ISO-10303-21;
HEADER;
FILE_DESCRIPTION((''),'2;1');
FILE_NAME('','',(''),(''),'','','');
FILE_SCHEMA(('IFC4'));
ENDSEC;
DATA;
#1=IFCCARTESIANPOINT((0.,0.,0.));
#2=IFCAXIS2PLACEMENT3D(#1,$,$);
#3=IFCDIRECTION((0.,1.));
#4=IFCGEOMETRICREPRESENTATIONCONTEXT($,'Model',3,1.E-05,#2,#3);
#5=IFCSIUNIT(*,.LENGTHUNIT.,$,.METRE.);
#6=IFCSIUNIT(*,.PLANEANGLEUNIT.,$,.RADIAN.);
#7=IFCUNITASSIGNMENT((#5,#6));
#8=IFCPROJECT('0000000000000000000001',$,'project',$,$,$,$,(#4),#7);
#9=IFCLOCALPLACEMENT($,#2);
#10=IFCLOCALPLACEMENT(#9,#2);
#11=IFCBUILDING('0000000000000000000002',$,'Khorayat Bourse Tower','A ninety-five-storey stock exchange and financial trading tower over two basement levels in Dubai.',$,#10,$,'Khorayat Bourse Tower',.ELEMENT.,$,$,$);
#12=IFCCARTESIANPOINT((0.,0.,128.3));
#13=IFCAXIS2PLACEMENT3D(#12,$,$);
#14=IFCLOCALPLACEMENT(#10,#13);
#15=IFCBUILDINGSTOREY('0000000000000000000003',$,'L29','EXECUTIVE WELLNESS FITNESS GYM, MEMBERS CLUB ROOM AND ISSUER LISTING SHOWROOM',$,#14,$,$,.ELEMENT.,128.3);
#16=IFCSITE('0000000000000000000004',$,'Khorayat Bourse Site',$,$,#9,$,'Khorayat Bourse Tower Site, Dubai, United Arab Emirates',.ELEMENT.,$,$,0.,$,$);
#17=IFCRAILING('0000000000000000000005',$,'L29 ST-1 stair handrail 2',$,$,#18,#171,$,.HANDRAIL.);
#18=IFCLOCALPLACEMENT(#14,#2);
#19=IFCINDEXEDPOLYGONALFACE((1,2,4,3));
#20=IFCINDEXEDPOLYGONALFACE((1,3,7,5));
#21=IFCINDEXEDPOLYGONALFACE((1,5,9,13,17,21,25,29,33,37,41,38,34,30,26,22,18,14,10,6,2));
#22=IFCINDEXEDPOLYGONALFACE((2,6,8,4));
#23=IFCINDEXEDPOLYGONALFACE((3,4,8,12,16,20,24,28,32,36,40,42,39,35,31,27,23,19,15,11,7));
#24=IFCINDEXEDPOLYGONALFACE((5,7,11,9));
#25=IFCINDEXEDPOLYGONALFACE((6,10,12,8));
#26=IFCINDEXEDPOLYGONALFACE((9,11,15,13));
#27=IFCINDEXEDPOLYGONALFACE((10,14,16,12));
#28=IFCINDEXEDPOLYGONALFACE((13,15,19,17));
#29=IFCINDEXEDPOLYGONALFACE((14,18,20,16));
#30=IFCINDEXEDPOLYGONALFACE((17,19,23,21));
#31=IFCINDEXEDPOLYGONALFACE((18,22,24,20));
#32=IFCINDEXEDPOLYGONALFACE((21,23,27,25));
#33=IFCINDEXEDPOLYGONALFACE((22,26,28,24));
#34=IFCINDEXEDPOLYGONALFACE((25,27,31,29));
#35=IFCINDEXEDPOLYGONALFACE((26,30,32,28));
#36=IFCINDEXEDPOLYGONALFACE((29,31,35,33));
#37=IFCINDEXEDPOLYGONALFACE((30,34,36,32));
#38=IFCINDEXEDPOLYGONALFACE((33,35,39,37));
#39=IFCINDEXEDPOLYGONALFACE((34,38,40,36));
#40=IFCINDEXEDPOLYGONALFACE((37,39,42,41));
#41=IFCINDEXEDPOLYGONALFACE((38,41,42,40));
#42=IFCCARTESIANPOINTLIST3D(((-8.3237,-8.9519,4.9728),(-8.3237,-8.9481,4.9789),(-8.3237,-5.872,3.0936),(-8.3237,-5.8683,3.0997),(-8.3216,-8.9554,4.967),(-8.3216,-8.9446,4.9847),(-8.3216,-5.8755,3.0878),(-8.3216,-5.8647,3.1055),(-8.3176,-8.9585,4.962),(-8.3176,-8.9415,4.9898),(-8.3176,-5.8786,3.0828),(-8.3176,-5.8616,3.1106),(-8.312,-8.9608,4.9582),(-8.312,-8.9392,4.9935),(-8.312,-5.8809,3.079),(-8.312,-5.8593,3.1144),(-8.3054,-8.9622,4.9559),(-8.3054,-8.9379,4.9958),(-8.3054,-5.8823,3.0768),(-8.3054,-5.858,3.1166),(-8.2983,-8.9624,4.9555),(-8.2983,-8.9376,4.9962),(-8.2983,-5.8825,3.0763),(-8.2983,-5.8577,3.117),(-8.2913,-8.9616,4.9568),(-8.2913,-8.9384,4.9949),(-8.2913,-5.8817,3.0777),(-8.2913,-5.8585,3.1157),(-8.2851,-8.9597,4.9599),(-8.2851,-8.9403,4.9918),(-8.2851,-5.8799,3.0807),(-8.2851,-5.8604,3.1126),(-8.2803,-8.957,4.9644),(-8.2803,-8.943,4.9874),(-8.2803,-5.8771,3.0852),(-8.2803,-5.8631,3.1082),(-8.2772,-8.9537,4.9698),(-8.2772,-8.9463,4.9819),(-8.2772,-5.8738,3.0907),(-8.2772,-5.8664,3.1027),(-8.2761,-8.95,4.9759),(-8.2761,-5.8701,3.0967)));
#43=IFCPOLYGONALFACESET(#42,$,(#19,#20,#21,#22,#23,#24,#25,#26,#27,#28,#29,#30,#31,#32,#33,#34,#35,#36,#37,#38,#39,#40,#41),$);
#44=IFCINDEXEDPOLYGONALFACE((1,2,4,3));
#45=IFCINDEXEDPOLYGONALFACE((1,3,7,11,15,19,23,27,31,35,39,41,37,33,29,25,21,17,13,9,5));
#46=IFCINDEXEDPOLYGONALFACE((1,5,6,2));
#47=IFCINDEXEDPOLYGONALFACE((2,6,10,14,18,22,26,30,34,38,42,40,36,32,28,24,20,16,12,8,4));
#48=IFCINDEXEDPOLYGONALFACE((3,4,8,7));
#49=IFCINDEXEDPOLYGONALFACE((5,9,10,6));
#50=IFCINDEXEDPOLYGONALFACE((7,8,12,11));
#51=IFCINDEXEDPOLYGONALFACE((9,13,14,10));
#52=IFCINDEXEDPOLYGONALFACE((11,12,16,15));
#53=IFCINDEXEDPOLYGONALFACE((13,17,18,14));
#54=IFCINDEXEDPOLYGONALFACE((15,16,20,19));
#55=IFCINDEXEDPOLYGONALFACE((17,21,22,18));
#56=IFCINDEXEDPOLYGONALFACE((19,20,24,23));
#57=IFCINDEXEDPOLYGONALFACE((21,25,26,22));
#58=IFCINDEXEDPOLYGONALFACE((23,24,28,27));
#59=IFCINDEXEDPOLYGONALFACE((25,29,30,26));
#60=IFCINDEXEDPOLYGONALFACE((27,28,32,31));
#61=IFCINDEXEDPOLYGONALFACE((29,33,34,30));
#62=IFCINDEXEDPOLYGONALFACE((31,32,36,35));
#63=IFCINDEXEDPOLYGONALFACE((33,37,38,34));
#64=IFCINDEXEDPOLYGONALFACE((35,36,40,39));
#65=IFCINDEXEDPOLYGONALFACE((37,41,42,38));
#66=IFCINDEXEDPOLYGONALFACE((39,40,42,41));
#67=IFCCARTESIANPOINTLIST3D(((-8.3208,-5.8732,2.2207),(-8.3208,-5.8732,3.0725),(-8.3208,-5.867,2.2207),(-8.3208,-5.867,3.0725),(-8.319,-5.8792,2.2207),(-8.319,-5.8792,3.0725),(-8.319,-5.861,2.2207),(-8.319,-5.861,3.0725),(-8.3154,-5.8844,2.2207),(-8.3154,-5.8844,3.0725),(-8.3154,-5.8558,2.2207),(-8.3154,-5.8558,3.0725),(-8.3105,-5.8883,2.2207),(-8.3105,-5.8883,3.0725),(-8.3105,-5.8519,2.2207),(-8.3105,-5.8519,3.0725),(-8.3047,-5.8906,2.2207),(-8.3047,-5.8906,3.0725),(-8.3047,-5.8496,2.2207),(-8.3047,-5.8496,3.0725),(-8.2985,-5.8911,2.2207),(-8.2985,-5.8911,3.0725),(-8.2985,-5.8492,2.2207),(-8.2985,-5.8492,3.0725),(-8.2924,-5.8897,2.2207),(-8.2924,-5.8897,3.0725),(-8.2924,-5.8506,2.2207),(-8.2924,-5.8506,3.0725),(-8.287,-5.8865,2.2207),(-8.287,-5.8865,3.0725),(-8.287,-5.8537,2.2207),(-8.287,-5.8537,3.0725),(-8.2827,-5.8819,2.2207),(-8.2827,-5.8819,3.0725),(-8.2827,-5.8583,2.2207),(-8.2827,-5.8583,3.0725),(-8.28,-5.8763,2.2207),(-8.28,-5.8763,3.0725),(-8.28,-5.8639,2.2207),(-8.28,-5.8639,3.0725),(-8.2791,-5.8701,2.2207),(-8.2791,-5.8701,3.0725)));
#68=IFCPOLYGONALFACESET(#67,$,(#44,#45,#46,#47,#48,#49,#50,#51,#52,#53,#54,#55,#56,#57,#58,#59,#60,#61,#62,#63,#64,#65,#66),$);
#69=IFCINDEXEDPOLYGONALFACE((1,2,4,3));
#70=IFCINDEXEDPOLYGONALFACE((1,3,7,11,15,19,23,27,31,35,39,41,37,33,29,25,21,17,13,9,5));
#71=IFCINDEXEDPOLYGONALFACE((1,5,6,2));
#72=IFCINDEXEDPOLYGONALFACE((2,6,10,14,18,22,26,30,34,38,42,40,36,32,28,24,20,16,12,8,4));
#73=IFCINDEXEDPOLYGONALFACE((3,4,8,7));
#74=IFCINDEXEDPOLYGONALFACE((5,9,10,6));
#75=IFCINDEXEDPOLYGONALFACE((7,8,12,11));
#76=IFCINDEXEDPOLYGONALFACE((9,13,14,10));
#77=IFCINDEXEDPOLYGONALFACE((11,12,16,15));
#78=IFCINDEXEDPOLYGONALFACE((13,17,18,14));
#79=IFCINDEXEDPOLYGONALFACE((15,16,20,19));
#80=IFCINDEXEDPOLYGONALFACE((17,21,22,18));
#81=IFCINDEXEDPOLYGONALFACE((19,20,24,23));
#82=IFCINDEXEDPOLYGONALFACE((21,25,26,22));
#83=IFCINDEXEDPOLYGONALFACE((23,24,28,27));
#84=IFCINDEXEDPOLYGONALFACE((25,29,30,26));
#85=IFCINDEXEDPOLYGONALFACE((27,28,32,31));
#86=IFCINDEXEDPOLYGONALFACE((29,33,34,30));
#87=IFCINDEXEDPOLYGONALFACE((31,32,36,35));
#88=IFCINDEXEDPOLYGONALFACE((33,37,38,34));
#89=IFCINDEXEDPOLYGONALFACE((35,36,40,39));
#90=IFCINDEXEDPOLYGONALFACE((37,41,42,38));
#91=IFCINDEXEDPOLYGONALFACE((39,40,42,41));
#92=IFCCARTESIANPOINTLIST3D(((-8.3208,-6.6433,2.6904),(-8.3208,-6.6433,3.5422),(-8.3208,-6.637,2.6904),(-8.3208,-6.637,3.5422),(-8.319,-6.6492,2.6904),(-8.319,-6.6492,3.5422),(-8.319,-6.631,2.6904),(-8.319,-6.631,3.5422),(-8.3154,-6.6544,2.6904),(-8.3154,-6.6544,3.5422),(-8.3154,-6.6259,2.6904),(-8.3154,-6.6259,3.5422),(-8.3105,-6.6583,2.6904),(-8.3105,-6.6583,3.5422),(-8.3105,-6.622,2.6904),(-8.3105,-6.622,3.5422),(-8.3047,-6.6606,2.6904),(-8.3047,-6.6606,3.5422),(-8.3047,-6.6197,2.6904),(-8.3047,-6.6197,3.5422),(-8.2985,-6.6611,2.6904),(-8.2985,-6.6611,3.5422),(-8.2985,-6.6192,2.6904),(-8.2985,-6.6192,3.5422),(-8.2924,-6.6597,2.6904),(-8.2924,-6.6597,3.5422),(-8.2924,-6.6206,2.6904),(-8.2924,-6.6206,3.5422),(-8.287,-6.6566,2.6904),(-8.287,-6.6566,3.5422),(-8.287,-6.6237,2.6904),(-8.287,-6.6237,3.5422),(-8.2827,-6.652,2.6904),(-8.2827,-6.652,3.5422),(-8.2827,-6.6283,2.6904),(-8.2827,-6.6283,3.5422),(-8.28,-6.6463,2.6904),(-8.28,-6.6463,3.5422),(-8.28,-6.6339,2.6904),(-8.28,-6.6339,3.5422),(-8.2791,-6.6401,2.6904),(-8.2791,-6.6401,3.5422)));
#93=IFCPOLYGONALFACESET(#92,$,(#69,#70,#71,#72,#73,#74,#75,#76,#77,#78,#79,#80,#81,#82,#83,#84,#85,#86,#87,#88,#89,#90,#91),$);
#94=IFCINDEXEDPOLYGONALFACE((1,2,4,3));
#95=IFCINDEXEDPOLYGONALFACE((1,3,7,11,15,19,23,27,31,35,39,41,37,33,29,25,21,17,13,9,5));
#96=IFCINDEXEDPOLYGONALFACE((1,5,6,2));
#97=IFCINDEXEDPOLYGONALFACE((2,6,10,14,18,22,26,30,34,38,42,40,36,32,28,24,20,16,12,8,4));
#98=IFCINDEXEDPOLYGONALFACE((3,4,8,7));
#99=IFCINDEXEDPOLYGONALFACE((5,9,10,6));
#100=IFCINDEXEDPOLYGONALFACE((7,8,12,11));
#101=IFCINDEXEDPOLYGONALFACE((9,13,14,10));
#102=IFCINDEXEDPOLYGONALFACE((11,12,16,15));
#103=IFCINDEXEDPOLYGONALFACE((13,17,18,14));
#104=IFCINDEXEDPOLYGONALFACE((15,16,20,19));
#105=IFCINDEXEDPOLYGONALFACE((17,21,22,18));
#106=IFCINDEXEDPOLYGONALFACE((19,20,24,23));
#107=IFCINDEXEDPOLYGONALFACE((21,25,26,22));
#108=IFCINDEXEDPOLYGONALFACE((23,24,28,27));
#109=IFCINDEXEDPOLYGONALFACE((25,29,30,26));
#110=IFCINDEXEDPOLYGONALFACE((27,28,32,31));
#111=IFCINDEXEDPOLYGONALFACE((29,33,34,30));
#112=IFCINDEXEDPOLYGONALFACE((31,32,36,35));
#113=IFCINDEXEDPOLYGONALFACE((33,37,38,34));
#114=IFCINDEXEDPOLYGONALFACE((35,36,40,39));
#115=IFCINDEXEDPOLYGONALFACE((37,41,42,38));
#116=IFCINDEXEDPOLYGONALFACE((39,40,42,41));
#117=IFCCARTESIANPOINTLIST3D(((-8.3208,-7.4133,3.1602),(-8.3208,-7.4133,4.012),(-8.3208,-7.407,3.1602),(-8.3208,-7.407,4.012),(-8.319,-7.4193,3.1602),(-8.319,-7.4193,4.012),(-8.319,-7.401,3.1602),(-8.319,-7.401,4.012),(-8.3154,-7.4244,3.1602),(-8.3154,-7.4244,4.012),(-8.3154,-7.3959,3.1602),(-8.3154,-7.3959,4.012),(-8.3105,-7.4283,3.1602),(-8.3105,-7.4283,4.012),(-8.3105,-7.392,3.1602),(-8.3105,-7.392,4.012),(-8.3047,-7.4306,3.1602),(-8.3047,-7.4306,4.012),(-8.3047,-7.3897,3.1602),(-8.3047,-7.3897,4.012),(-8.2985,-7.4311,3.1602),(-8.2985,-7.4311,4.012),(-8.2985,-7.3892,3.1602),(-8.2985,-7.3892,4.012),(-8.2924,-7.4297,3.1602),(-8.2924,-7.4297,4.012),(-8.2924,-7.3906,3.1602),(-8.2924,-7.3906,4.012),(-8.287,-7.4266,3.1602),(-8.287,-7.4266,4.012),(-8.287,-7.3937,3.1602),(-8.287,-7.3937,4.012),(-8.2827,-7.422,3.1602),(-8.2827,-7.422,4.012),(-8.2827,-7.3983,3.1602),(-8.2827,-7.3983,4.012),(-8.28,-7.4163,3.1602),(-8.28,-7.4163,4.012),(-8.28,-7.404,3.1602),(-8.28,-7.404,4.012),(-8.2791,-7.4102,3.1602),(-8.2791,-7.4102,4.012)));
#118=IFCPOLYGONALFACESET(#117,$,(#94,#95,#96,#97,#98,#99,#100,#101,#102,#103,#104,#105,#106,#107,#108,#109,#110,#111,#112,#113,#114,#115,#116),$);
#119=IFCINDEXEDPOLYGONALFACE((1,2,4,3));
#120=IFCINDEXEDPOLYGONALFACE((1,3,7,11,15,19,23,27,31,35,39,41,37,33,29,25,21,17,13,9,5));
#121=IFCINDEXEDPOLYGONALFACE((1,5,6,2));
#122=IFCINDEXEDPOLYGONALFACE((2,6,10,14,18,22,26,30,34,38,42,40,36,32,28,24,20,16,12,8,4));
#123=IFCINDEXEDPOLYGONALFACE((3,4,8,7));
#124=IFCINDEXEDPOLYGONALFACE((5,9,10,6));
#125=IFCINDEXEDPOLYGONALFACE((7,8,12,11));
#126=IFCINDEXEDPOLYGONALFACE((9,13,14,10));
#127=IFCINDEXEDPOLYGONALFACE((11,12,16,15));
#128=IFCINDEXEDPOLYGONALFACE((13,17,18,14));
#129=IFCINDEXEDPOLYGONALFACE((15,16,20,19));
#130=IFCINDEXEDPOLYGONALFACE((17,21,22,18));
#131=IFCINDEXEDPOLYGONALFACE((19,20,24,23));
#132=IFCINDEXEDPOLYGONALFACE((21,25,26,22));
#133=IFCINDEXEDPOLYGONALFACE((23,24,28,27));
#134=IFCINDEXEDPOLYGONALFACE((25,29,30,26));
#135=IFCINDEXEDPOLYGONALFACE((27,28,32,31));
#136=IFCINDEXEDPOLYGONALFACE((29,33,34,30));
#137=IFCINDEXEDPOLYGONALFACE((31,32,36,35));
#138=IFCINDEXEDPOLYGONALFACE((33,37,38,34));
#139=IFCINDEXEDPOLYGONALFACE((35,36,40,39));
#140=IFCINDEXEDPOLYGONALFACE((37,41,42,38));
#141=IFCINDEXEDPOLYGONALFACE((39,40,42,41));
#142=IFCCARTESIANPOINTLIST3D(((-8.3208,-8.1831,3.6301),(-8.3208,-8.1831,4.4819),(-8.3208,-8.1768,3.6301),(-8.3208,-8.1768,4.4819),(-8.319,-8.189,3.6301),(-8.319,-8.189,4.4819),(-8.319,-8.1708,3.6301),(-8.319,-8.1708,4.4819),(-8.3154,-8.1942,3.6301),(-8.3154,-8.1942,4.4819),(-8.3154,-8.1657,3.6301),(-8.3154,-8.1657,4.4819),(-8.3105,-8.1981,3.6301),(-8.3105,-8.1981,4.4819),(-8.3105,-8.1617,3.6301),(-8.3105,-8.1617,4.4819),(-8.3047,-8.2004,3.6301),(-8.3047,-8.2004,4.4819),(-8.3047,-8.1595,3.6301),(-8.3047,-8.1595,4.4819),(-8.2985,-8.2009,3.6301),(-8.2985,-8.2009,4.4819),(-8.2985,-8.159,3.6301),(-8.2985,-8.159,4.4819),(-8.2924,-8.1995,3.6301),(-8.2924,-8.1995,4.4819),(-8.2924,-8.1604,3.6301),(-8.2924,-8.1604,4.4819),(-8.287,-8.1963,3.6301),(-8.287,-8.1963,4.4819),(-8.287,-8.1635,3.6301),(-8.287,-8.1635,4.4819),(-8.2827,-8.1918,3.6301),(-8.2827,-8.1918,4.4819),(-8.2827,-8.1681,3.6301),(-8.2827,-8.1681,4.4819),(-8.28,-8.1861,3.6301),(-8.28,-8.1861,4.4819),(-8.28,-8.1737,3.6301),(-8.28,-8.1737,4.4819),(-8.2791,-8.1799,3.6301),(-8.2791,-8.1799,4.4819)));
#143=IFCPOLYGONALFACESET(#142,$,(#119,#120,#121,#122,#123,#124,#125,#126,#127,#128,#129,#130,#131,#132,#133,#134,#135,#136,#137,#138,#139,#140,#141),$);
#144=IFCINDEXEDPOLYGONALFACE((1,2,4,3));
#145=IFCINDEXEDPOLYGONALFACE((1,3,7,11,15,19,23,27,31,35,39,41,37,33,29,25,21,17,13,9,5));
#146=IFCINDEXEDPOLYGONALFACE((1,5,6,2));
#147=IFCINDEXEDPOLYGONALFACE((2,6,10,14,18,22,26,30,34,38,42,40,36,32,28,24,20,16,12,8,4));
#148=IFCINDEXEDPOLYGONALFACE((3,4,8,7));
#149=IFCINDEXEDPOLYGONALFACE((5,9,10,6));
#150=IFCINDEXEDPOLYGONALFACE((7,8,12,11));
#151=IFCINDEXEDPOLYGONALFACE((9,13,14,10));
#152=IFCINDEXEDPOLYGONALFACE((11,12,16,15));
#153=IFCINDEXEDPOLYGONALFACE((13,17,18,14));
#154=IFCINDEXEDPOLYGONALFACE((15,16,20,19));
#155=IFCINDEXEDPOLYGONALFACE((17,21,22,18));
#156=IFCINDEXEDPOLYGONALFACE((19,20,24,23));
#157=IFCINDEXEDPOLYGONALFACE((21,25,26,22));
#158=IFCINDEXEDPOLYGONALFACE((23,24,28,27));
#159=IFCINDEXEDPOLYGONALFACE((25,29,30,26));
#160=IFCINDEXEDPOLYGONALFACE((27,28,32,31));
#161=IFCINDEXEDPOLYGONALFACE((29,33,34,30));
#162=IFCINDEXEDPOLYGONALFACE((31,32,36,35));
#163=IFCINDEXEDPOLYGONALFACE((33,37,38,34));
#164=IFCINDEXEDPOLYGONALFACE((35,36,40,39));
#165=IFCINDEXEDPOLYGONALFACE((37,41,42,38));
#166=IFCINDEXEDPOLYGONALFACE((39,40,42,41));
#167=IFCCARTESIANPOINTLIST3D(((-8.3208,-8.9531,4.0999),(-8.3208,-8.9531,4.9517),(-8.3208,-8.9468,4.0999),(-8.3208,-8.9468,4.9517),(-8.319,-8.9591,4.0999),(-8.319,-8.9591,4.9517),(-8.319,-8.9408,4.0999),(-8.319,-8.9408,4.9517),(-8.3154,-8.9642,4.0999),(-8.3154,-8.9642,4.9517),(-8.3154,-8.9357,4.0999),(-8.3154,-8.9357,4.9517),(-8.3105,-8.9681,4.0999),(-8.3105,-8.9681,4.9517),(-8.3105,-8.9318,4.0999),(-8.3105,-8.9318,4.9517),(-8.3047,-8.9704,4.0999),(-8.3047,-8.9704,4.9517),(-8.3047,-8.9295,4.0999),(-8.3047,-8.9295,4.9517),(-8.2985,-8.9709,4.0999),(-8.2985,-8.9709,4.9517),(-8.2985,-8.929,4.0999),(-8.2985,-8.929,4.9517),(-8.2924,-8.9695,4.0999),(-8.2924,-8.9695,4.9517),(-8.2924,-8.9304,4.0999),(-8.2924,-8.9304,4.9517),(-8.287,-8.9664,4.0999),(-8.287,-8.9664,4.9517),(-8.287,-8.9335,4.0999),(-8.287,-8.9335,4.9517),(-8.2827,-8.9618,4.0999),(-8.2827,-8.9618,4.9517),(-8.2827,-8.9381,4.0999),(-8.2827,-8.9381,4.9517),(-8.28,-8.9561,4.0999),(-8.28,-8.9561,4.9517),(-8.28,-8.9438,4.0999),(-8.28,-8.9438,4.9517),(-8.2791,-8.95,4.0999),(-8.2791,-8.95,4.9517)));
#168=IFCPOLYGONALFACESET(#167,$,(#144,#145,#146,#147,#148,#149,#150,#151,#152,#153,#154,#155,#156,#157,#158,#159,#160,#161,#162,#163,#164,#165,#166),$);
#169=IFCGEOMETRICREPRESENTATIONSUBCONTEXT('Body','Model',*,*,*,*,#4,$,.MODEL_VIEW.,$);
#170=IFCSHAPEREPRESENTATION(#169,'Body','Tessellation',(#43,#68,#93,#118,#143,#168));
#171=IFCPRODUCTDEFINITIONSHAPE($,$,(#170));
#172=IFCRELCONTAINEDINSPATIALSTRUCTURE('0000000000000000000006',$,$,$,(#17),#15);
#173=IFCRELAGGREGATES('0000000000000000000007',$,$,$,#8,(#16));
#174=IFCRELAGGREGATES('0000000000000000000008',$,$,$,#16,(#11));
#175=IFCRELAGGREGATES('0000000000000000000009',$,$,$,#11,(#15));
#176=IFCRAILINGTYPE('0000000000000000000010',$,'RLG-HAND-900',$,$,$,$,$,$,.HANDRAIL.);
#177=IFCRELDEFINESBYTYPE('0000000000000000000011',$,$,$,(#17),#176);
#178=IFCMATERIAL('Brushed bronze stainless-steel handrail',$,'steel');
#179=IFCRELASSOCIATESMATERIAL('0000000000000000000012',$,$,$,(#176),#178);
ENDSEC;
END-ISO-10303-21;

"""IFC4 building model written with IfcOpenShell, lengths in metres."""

from ifc_helpers import new_model, si_unit, direction, frame, origin, origin_2d, place, context, subcontext, project, spatial, circle, extrude, source, transform, mapped, material, type_object, element, save


model = new_model("IFC4")

# Units and contexts
model_context = context("Model", 3, precision=1e-05, world=origin(), true_north=direction((0.0, 1.0)))
body_context = subcontext(model_context, "Body", "Model", "MODEL_VIEW")
ifc_project = project(units=[si_unit("LENGTHUNIT", "METRE"), si_unit("PLANEANGLEUNIT", "RADIAN")], contexts=[model_context])

# Site, building, storey
site_placement = place(None, origin())
site = spatial("IfcSite", under=ifc_project, at=site_placement, Name="Khorayat Bourse Site", LongName="Khorayat Bourse Tower Site, Dubai, United Arab Emirates", CompositionType="ELEMENT", RefElevation=0.0)
building_placement = place(site_placement, origin())
building = spatial("IfcBuilding", under=site, at=building_placement, Name="Khorayat Bourse Tower", Description="A ninety-five-storey stock exchange and financial trading tower over two basement levels in Dubai.", LongName="Khorayat Bourse Tower", CompositionType="ELEMENT")
storey_placement = place(building_placement, frame((0.0, 0.0, 128.3)))
storey = spatial("IfcBuildingStorey", under=building, at=storey_placement, Name="L29", Description="EXECUTIVE WELLNESS FITNESS GYM, MEMBERS CLUB ROOM AND ISSUER LISTING SHOWROOM", CompositionType="ELEMENT", Elevation=128.3)

# Railing
ifc_material_1 = material(Name="Brushed bronze stainless-steel handrail", Category="steel")
railing_type_1 = type_object("IfcRailingType", Name="RLG-HAND-900", PredefinedType="HANDRAIL", material=ifc_material_1)
shared_shape_1 = source(origin(), body_context, "Body", "SweptSolid", [
    extrude(circle(Radius=0.0239, at=origin_2d()), frame((0.0, 0.0, 0.876), z_axis=(0.0, -0.853648, 0.52085), x_axis=(1.0, 0.0, 0.0)), (0.0, 0.0, 1.0), 3.6079),
    extrude(circle(Radius=0.021, at=origin_2d()), origin(), (0.0, 0.0, 1.0), 0.8518),
    extrude(circle(Radius=0.021, at=origin_2d()), frame((0.0, -0.77, 0.4697)), (0.0, 0.0, 1.0), 0.8518),
    extrude(circle(Radius=0.021, at=origin_2d()), frame((0.0, -1.54, 0.9395)), (0.0, 0.0, 1.0), 0.8518),
    extrude(circle(Radius=0.021, at=origin_2d()), frame((0.0, -2.3098, 1.4094)), (0.0, 0.0, 1.0), 0.8518),
    extrude(circle(Radius=0.021, at=origin_2d()), frame((0.0, -3.0798, 1.8792)), (0.0, 0.0, 1.0), 0.8518),
])
railing_1_placement = place(storey_placement, frame((-8.3, -5.8701, 2.2207)))
element("IfcRailing", 1, at=railing_1_placement, inside=storey, type_object=railing_type_1, Name="L29 ST-1 stair handrail 2", PredefinedType="HANDRAIL", context=body_context, shape_type="MappedRepresentation", body=[
    mapped(shared_shape_1, transform((0.0, 0.0, 0.0), scale=1.0)),
])

save(model, "model.ifc")
